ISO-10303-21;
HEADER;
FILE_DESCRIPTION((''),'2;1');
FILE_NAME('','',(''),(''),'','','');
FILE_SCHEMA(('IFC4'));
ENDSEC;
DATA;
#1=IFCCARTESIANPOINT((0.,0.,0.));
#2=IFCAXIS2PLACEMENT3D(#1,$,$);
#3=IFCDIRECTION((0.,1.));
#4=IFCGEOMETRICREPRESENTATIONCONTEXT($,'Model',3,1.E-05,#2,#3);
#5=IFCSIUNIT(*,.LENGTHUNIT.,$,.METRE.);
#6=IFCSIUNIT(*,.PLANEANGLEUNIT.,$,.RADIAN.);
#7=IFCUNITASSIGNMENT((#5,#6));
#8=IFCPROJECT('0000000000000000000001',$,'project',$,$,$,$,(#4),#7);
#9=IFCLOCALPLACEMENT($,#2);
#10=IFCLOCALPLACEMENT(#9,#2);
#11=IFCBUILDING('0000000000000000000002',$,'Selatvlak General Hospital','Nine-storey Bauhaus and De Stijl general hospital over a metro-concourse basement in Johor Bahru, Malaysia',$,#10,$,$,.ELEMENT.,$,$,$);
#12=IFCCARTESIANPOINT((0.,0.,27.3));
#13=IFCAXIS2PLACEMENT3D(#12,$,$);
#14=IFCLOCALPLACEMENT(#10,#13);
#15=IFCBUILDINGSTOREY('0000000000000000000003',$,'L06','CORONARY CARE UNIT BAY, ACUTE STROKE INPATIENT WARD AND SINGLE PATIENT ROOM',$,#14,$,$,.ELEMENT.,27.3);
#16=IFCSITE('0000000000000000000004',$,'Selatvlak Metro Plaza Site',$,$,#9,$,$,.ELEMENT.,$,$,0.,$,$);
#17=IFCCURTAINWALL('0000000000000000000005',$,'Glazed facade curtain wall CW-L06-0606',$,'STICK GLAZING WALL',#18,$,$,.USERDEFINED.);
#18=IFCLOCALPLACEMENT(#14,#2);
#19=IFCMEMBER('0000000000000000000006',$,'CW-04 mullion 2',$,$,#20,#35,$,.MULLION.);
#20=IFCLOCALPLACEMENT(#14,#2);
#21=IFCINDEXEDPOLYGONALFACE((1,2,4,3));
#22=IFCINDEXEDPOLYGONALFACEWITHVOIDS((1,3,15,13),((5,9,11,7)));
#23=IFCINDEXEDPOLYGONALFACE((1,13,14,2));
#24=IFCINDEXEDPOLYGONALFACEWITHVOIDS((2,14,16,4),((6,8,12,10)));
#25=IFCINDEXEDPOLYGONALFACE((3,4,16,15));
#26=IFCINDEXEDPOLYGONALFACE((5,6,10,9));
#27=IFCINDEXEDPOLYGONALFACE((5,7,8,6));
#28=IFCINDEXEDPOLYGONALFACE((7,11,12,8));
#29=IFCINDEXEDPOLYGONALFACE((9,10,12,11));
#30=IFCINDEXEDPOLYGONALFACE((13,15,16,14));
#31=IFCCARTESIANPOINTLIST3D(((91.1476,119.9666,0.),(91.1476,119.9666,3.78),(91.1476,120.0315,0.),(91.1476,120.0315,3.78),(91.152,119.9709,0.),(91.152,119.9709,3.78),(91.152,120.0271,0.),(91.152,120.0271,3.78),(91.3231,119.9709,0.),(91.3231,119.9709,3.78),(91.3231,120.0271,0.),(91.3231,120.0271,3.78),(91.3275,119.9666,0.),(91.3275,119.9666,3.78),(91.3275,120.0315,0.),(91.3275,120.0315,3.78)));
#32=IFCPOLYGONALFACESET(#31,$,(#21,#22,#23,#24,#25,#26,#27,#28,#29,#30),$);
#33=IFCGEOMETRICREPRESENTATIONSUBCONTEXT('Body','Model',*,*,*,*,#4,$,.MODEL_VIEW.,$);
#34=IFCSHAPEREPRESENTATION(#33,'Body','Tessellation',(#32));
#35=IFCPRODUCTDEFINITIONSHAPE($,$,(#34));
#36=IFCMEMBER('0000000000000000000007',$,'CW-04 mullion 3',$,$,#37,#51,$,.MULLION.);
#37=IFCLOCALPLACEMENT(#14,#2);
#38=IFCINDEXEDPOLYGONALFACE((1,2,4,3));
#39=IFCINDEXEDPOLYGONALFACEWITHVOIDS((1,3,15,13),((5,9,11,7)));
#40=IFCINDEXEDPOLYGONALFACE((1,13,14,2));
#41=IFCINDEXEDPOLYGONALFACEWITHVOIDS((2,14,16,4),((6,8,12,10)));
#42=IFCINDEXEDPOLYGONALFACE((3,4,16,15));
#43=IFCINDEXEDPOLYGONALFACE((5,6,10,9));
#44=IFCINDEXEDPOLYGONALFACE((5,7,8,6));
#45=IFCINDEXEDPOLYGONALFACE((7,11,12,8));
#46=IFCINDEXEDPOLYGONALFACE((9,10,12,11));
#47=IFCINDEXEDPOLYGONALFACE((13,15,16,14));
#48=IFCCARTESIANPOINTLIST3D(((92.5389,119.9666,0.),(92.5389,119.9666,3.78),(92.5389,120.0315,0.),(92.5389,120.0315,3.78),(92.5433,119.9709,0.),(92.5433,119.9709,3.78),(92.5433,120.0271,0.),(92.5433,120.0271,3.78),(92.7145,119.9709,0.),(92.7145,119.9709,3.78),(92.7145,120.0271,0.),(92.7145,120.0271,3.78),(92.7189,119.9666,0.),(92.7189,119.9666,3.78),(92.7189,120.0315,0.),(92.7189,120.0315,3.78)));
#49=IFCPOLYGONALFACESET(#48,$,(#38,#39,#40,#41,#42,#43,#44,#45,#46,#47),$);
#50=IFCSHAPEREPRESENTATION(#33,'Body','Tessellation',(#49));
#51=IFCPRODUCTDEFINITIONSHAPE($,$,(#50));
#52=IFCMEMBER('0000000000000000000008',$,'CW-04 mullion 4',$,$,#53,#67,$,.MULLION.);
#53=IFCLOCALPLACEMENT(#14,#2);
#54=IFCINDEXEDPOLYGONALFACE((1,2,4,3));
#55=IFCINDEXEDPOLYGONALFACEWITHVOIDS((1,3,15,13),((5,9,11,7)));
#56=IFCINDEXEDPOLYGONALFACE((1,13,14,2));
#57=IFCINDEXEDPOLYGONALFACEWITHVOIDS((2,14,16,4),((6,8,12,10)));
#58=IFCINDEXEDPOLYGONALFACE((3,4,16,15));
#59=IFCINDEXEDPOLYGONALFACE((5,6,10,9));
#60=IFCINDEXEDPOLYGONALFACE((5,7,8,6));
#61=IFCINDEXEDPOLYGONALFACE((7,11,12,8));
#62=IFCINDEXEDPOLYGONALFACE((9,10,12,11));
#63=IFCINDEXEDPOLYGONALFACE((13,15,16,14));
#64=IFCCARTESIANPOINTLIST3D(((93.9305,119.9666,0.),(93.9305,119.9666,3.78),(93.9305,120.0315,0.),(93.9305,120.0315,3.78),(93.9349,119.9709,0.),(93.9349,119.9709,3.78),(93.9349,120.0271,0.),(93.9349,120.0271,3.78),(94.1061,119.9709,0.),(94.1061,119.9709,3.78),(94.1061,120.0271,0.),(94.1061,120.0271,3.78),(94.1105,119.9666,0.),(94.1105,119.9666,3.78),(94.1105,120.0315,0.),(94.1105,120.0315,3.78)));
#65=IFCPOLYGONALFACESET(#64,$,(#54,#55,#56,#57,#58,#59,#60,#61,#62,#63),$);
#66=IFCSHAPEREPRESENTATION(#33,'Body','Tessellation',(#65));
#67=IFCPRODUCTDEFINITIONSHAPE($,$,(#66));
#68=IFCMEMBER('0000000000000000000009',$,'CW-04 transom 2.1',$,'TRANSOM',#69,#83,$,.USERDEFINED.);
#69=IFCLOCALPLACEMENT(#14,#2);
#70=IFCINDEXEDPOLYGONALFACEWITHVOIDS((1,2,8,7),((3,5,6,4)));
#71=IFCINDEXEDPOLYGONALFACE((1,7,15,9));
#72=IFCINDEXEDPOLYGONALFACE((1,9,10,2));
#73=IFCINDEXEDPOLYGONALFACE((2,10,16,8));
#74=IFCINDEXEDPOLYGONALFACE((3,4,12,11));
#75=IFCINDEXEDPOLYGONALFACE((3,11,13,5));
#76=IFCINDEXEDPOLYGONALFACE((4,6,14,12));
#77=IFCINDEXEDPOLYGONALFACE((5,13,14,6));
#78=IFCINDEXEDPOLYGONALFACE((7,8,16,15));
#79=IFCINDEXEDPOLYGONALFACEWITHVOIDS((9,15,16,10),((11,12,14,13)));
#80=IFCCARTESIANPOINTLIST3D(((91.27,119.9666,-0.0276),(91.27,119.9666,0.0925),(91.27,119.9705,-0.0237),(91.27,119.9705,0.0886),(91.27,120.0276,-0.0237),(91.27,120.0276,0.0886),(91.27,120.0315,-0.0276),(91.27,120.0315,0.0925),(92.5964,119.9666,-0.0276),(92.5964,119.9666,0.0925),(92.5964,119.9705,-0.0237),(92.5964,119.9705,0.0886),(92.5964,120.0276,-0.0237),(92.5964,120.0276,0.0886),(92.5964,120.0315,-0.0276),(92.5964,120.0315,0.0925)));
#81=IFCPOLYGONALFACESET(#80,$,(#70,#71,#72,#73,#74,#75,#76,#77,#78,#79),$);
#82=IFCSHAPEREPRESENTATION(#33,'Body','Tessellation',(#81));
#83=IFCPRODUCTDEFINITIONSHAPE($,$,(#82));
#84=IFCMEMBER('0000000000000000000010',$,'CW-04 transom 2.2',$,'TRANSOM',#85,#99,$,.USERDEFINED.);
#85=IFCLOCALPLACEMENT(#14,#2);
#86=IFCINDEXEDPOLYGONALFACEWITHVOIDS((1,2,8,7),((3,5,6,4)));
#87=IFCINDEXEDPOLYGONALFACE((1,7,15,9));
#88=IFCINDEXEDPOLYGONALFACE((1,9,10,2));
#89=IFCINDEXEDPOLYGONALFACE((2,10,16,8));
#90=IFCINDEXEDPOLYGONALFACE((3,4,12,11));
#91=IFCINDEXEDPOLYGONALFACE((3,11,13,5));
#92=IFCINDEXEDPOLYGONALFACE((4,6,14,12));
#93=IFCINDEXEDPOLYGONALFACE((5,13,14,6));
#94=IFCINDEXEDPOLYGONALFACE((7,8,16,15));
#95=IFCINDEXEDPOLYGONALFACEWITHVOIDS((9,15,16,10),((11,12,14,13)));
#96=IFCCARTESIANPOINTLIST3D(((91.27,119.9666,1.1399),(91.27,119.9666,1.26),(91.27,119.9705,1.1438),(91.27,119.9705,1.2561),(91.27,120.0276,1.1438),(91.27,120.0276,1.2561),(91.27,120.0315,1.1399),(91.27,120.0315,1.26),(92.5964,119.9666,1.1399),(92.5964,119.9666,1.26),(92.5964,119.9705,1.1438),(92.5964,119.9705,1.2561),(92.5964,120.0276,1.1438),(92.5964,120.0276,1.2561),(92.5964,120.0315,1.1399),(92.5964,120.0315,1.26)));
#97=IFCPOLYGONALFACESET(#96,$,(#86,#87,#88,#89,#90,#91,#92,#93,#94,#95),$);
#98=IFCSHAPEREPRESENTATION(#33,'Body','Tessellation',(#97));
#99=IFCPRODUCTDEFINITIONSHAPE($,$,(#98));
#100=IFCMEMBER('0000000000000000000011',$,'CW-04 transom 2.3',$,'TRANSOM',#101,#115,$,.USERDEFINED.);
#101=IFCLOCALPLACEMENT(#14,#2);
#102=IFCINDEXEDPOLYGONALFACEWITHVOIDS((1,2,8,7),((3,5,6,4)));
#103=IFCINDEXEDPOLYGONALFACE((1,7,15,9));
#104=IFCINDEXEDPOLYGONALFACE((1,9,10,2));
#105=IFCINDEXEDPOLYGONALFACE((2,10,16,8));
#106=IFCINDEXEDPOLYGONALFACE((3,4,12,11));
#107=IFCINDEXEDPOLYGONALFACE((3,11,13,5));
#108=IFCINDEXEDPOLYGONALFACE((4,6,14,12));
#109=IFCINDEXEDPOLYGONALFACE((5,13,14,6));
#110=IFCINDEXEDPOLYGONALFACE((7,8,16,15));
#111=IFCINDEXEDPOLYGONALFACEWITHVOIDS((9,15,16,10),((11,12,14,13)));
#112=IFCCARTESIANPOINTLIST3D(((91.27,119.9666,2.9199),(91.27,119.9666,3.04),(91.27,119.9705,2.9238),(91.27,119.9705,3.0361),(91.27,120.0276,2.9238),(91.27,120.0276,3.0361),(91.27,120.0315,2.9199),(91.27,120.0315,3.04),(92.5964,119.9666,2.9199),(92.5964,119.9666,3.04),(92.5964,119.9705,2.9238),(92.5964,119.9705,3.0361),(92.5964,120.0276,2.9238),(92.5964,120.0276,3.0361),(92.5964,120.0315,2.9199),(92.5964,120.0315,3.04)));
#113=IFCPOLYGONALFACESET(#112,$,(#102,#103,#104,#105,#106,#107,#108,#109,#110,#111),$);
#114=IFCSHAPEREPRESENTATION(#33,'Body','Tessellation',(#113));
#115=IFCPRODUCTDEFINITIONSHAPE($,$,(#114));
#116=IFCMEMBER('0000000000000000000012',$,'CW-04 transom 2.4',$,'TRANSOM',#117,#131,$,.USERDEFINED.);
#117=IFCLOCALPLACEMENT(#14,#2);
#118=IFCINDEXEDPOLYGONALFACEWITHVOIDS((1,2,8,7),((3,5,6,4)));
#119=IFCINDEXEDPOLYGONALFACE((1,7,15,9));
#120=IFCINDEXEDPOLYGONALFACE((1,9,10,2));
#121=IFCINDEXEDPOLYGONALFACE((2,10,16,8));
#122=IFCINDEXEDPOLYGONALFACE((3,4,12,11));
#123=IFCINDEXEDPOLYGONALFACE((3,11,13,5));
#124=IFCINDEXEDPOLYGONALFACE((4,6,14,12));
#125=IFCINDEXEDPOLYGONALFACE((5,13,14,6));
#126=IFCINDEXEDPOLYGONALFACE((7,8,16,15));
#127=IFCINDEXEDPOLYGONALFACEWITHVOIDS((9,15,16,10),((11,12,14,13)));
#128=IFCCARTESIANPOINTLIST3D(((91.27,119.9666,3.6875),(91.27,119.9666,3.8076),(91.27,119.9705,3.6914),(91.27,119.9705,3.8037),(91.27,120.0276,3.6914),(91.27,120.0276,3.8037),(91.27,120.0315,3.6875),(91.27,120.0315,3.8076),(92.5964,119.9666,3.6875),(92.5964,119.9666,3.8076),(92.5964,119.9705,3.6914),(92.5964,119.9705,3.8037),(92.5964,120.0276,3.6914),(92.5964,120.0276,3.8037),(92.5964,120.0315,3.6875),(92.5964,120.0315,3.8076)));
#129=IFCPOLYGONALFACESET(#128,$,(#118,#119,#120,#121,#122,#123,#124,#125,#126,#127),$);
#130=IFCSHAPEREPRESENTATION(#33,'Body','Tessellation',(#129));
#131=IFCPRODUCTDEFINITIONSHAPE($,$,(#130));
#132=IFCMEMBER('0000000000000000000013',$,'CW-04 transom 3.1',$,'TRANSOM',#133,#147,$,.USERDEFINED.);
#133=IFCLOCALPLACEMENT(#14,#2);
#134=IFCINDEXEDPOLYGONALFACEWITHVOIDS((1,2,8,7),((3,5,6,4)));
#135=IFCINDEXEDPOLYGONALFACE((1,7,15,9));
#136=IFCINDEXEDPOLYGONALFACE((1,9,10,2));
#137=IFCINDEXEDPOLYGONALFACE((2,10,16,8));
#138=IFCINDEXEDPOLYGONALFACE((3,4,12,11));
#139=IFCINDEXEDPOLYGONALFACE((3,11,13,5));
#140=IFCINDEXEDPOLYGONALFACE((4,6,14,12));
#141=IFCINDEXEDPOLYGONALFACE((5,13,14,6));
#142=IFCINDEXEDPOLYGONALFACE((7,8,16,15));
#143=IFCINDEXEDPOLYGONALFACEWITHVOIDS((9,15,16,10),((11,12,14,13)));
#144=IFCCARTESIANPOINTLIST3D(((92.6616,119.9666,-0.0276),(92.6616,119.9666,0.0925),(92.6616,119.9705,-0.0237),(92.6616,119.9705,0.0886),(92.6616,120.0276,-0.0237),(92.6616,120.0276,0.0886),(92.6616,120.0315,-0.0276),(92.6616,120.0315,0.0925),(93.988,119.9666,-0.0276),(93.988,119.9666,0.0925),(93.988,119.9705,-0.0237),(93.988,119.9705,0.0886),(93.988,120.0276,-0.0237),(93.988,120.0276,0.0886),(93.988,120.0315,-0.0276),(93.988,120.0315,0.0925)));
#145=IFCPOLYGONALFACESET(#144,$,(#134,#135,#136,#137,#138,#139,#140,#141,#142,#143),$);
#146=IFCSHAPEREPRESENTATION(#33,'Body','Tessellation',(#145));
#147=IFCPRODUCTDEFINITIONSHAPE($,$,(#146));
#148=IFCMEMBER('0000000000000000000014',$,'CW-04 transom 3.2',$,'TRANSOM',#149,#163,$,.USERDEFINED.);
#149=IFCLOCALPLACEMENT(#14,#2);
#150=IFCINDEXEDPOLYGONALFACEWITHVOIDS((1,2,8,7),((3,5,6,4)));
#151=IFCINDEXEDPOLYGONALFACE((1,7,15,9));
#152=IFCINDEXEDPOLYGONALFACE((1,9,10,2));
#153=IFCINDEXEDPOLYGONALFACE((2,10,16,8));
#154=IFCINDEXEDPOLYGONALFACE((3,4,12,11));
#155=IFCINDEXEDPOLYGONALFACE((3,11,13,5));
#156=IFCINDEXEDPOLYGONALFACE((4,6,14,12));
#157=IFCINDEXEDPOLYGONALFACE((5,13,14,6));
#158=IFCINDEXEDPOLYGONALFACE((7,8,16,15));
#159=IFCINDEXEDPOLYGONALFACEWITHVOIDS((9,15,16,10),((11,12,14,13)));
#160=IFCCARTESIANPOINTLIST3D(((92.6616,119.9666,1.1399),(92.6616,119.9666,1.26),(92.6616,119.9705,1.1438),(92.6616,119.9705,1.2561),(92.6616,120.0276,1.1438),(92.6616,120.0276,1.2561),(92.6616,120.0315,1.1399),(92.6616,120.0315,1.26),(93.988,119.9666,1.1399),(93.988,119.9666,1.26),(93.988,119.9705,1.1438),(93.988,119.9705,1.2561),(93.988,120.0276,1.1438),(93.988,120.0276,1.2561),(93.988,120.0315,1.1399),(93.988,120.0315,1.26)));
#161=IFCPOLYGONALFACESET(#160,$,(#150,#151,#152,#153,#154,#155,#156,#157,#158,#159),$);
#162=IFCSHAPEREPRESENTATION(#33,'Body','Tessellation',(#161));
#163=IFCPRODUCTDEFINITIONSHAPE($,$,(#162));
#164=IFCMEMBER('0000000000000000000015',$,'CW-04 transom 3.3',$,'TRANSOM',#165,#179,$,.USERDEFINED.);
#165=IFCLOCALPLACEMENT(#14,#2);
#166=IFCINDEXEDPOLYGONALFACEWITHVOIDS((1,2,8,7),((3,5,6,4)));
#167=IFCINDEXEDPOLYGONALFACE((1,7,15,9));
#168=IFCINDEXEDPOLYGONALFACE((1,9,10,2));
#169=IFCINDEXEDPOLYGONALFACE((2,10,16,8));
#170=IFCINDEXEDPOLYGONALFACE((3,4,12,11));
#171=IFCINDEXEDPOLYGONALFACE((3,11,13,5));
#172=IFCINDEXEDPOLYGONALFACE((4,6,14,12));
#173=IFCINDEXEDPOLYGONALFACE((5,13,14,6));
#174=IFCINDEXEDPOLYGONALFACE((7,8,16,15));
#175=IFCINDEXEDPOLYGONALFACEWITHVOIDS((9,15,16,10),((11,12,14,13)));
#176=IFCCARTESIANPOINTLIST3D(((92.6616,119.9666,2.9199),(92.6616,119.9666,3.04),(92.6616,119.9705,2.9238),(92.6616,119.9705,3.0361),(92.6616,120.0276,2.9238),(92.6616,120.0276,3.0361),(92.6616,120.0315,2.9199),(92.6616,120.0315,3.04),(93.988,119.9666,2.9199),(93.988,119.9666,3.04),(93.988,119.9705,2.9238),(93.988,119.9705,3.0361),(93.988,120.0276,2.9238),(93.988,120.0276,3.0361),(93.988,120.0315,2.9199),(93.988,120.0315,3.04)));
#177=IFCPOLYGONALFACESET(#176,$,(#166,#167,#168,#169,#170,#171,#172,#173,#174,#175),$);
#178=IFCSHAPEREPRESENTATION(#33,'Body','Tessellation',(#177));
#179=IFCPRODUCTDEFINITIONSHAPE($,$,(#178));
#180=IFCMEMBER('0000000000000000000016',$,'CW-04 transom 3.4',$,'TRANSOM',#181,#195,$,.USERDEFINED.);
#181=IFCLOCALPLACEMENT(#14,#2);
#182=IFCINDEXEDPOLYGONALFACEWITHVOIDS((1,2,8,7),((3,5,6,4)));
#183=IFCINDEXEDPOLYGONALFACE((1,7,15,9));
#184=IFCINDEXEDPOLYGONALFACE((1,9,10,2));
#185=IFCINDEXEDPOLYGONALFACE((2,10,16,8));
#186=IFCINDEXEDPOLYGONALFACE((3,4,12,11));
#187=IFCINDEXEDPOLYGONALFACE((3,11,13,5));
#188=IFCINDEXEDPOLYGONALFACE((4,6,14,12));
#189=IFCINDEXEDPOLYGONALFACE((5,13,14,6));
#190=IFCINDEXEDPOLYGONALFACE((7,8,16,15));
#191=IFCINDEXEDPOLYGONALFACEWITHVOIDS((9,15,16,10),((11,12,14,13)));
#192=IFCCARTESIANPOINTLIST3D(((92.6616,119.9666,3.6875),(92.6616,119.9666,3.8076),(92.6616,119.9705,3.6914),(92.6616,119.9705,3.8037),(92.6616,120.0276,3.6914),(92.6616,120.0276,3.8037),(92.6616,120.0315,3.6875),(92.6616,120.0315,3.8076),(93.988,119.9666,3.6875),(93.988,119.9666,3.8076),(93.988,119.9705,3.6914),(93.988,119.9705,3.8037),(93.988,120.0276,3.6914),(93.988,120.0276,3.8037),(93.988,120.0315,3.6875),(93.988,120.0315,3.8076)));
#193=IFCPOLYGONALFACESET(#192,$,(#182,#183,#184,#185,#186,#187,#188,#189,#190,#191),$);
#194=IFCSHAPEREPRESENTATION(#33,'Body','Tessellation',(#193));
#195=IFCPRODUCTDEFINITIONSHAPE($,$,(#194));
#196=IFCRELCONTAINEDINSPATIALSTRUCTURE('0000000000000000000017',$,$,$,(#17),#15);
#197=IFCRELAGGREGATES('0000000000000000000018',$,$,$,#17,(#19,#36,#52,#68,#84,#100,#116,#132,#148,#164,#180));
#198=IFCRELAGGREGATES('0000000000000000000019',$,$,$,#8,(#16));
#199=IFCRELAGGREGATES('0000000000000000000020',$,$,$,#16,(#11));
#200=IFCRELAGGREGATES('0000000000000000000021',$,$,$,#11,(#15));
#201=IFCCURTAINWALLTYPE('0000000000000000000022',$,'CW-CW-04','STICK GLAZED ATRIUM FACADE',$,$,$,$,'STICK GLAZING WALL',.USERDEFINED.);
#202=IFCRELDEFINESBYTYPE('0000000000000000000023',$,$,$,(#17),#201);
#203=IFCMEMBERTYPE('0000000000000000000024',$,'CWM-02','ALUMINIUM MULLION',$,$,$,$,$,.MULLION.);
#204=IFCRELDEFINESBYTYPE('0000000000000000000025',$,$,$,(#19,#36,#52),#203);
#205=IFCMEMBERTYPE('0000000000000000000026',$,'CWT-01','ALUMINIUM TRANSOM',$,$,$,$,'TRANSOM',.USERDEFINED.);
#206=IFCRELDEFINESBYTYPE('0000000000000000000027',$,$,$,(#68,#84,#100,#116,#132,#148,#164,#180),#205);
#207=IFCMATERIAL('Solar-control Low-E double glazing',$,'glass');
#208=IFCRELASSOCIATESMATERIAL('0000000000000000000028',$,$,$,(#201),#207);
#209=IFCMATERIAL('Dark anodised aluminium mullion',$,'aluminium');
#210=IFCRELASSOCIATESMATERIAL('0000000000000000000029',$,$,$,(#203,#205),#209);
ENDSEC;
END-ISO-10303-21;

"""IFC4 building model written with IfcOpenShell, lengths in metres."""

from ifc_helpers import new_model, si_unit, direction, frame, origin, origin_2d, place, context, subcontext, project, spatial, hollow_rectangle, extrude, material, material_profile, profile_set, type_object, element, aggregate, save


model = new_model("IFC4")

# Units and contexts
model_context = context("Model", 3, precision=1e-05, world=origin(), true_north=direction((0.0, 1.0)))
body_context = subcontext(model_context, "Body", "Model", "MODEL_VIEW")
ifc_project = project(units=[si_unit("LENGTHUNIT", "METRE"), si_unit("PLANEANGLEUNIT", "RADIAN")], contexts=[model_context])

# Site, building, storey
site_placement = place(None, origin())
site = spatial("IfcSite", under=ifc_project, at=site_placement, Name="Selatvlak Metro Plaza Site", CompositionType="ELEMENT", RefElevation=0.0)
building_placement = place(site_placement, origin())
building = spatial("IfcBuilding", under=site, at=building_placement, Name="Selatvlak General Hospital", Description="Nine-storey Bauhaus and De Stijl general hospital over a metro-concourse basement in Johor Bahru, Malaysia", CompositionType="ELEMENT")
storey_placement = place(building_placement, frame((0.0, 0.0, 27.3)))
storey = spatial("IfcBuildingStorey", under=building, at=storey_placement, Name="L06", Description="CORONARY CARE UNIT BAY, ACUTE STROKE INPATIENT WARD AND SINGLE PATIENT ROOM", CompositionType="ELEMENT", Elevation=27.3)

# Curtain wall, members
ifc_material_1 = material(Name="Solar-control Low-E double glazing", Category="glass")
curtain_wall_type = type_object("IfcCurtainWallType", Name="CW-CW-04", Description="STICK GLAZED ATRIUM FACADE", ElementType="STICK GLAZING WALL", PredefinedType="USERDEFINED", material=ifc_material_1)
curtain_wall_placement = place(storey_placement, origin())
curtain_wall = element("IfcCurtainWall", 1, at=curtain_wall_placement, inside=storey, type_object=curtain_wall_type, Name="Glazed facade curtain wall CW-L06-0606", ObjectType="STICK GLAZING WALL", PredefinedType="USERDEFINED")
ifc_material_2 = material(Name="Dark anodised aluminium mullion", Category="aluminium")
ifc_material_profile_1 = material_profile(ifc_material_2, hollow_rectangle(XDim=0.0649, YDim=0.1799, WallThickness=0.0044, at=origin_2d()), Name="AL-MUL 65x180x4.5")
ifc_profile_set_1 = profile_set([ifc_material_profile_1], Name="Dark anodised aluminium mullion")
member_type_1 = type_object("IfcMemberType", Name="CWM-02", Description="ALUMINIUM MULLION", PredefinedType="MULLION", material=ifc_profile_set_1)
member_1_placement = place(storey_placement, frame((91.2375, 119.999, 0.0), z_axis=(0.0, 0.0, 1.0), x_axis=(0.0, 1.0, 0.0)))
member_1 = element("IfcMember", 2, at=member_1_placement, type_object=member_type_1, Name="CW-04 mullion 2", PredefinedType="MULLION", context=body_context, shape_type="SweptSolid", body=[
    extrude(hollow_rectangle(XDim=0.0649, YDim=0.1799, WallThickness=0.0044, at=origin_2d()), origin(), (0.0, 0.0, 1.0), 3.78),
])
member_2_placement = place(storey_placement, frame((92.6289, 119.999, 0.0), z_axis=(0.0, 0.0, 1.0), x_axis=(0.0, 1.0, 0.0)))
member_2 = element("IfcMember", 3, at=member_2_placement, type_object=member_type_1, Name="CW-04 mullion 3", PredefinedType="MULLION", context=body_context, shape_type="SweptSolid", body=[
    extrude(hollow_rectangle(XDim=0.0649, YDim=0.1799, WallThickness=0.0044, at=origin_2d()), origin(), (0.0, 0.0, 1.0), 3.78),
])
member_3_placement = place(storey_placement, frame((94.0205, 119.999, 0.0), z_axis=(0.0, 0.0, 1.0), x_axis=(0.0, 1.0, 0.0)))
member_3 = element("IfcMember", 4, at=member_3_placement, type_object=member_type_1, Name="CW-04 mullion 4", PredefinedType="MULLION", context=body_context, shape_type="SweptSolid", body=[
    extrude(hollow_rectangle(XDim=0.0649, YDim=0.1799, WallThickness=0.0044, at=origin_2d()), origin(), (0.0, 0.0, 1.0), 3.78),
])
ifc_material_profile_2 = material_profile(ifc_material_2, hollow_rectangle(XDim=0.0649, YDim=0.1201, WallThickness=0.0039, at=origin_2d()), Name="AL-TRN 65x120x4")
ifc_profile_set_2 = profile_set([ifc_material_profile_2], Name="Dark anodised aluminium mullion")
member_type_2 = type_object("IfcMemberType", Name="CWT-01", Description="ALUMINIUM TRANSOM", ElementType="TRANSOM", PredefinedType="USERDEFINED", material=ifc_profile_set_2)
member_4_placement = place(storey_placement, frame((91.27, 119.999, 0.0325), z_axis=(1.0, 0.0, 0.0), x_axis=(0.0, 1.0, 0.0)))
member_4 = element("IfcMember", 5, at=member_4_placement, type_object=member_type_2, Name="CW-04 transom 2.1", ObjectType="TRANSOM", PredefinedType="USERDEFINED", context=body_context, shape_type="SweptSolid", body=[
    extrude(hollow_rectangle(XDim=0.0649, YDim=0.1201, WallThickness=0.0039, at=origin_2d()), origin(), (0.0, 0.0, 1.0), 1.3264),
])
member_5_placement = place(storey_placement, frame((91.27, 119.999, 1.2), z_axis=(1.0, 0.0, 0.0), x_axis=(0.0, 1.0, 0.0)))
member_5 = element("IfcMember", 6, at=member_5_placement, type_object=member_type_2, Name="CW-04 transom 2.2", ObjectType="TRANSOM", PredefinedType="USERDEFINED", context=body_context, shape_type="SweptSolid", body=[
    extrude(hollow_rectangle(XDim=0.0649, YDim=0.1201, WallThickness=0.0039, at=origin_2d()), origin(), (0.0, 0.0, 1.0), 1.3264),
])
member_6_placement = place(storey_placement, frame((91.27, 119.999, 2.98), z_axis=(1.0, 0.0, 0.0), x_axis=(0.0, 1.0, 0.0)))
member_6 = element("IfcMember", 7, at=member_6_placement, type_object=member_type_2, Name="CW-04 transom 2.3", ObjectType="TRANSOM", PredefinedType="USERDEFINED", context=body_context, shape_type="SweptSolid", body=[
    extrude(hollow_rectangle(XDim=0.0649, YDim=0.1201, WallThickness=0.0039, at=origin_2d()), origin(), (0.0, 0.0, 1.0), 1.3264),
])
member_7_placement = place(storey_placement, frame((91.27, 119.999, 3.7476), z_axis=(1.0, 0.0, 0.0), x_axis=(0.0, 1.0, 0.0)))
member_7 = element("IfcMember", 8, at=member_7_placement, type_object=member_type_2, Name="CW-04 transom 2.4", ObjectType="TRANSOM", PredefinedType="USERDEFINED", context=body_context, shape_type="SweptSolid", body=[
    extrude(hollow_rectangle(XDim=0.0649, YDim=0.1201, WallThickness=0.0039, at=origin_2d()), origin(), (0.0, 0.0, 1.0), 1.3264),
])
member_8_placement = place(storey_placement, frame((92.6616, 119.999, 0.0325), z_axis=(1.0, 0.0, 0.0), x_axis=(0.0, 1.0, 0.0)))
member_8 = element("IfcMember", 9, at=member_8_placement, type_object=member_type_2, Name="CW-04 transom 3.1", ObjectType="TRANSOM", PredefinedType="USERDEFINED", context=body_context, shape_type="SweptSolid", body=[
    extrude(hollow_rectangle(XDim=0.0649, YDim=0.1201, WallThickness=0.0039, at=origin_2d()), origin(), (0.0, 0.0, 1.0), 1.3264),
])
member_9_placement = place(storey_placement, frame((92.6616, 119.999, 1.2), z_axis=(1.0, 0.0, 0.0), x_axis=(0.0, 1.0, 0.0)))
member_9 = element("IfcMember", 10, at=member_9_placement, type_object=member_type_2, Name="CW-04 transom 3.2", ObjectType="TRANSOM", PredefinedType="USERDEFINED", context=body_context, shape_type="SweptSolid", body=[
    extrude(hollow_rectangle(XDim=0.0649, YDim=0.1201, WallThickness=0.0039, at=origin_2d()), origin(), (0.0, 0.0, 1.0), 1.3264),
])
member_10_placement = place(storey_placement, frame((92.6616, 119.999, 2.98), z_axis=(1.0, 0.0, 0.0), x_axis=(0.0, 1.0, 0.0)))
member_10 = element("IfcMember", 11, at=member_10_placement, type_object=member_type_2, Name="CW-04 transom 3.3", ObjectType="TRANSOM", PredefinedType="USERDEFINED", context=body_context, shape_type="SweptSolid", body=[
    extrude(hollow_rectangle(XDim=0.0649, YDim=0.1201, WallThickness=0.0039, at=origin_2d()), origin(), (0.0, 0.0, 1.0), 1.3264),
])
member_11_placement = place(storey_placement, frame((92.6616, 119.999, 3.7476), z_axis=(1.0, 0.0, 0.0), x_axis=(0.0, 1.0, 0.0)))
member_11 = element("IfcMember", 12, at=member_11_placement, type_object=member_type_2, Name="CW-04 transom 3.4", ObjectType="TRANSOM", PredefinedType="USERDEFINED", context=body_context, shape_type="SweptSolid", body=[
    extrude(hollow_rectangle(XDim=0.0649, YDim=0.1201, WallThickness=0.0039, at=origin_2d()), origin(), (0.0, 0.0, 1.0), 1.3264),
])
aggregate(curtain_wall, [member_1, member_2, member_3, member_4, member_5, member_6, member_7, member_8, member_9, member_10, member_11])

save(model, "model.ifc")
